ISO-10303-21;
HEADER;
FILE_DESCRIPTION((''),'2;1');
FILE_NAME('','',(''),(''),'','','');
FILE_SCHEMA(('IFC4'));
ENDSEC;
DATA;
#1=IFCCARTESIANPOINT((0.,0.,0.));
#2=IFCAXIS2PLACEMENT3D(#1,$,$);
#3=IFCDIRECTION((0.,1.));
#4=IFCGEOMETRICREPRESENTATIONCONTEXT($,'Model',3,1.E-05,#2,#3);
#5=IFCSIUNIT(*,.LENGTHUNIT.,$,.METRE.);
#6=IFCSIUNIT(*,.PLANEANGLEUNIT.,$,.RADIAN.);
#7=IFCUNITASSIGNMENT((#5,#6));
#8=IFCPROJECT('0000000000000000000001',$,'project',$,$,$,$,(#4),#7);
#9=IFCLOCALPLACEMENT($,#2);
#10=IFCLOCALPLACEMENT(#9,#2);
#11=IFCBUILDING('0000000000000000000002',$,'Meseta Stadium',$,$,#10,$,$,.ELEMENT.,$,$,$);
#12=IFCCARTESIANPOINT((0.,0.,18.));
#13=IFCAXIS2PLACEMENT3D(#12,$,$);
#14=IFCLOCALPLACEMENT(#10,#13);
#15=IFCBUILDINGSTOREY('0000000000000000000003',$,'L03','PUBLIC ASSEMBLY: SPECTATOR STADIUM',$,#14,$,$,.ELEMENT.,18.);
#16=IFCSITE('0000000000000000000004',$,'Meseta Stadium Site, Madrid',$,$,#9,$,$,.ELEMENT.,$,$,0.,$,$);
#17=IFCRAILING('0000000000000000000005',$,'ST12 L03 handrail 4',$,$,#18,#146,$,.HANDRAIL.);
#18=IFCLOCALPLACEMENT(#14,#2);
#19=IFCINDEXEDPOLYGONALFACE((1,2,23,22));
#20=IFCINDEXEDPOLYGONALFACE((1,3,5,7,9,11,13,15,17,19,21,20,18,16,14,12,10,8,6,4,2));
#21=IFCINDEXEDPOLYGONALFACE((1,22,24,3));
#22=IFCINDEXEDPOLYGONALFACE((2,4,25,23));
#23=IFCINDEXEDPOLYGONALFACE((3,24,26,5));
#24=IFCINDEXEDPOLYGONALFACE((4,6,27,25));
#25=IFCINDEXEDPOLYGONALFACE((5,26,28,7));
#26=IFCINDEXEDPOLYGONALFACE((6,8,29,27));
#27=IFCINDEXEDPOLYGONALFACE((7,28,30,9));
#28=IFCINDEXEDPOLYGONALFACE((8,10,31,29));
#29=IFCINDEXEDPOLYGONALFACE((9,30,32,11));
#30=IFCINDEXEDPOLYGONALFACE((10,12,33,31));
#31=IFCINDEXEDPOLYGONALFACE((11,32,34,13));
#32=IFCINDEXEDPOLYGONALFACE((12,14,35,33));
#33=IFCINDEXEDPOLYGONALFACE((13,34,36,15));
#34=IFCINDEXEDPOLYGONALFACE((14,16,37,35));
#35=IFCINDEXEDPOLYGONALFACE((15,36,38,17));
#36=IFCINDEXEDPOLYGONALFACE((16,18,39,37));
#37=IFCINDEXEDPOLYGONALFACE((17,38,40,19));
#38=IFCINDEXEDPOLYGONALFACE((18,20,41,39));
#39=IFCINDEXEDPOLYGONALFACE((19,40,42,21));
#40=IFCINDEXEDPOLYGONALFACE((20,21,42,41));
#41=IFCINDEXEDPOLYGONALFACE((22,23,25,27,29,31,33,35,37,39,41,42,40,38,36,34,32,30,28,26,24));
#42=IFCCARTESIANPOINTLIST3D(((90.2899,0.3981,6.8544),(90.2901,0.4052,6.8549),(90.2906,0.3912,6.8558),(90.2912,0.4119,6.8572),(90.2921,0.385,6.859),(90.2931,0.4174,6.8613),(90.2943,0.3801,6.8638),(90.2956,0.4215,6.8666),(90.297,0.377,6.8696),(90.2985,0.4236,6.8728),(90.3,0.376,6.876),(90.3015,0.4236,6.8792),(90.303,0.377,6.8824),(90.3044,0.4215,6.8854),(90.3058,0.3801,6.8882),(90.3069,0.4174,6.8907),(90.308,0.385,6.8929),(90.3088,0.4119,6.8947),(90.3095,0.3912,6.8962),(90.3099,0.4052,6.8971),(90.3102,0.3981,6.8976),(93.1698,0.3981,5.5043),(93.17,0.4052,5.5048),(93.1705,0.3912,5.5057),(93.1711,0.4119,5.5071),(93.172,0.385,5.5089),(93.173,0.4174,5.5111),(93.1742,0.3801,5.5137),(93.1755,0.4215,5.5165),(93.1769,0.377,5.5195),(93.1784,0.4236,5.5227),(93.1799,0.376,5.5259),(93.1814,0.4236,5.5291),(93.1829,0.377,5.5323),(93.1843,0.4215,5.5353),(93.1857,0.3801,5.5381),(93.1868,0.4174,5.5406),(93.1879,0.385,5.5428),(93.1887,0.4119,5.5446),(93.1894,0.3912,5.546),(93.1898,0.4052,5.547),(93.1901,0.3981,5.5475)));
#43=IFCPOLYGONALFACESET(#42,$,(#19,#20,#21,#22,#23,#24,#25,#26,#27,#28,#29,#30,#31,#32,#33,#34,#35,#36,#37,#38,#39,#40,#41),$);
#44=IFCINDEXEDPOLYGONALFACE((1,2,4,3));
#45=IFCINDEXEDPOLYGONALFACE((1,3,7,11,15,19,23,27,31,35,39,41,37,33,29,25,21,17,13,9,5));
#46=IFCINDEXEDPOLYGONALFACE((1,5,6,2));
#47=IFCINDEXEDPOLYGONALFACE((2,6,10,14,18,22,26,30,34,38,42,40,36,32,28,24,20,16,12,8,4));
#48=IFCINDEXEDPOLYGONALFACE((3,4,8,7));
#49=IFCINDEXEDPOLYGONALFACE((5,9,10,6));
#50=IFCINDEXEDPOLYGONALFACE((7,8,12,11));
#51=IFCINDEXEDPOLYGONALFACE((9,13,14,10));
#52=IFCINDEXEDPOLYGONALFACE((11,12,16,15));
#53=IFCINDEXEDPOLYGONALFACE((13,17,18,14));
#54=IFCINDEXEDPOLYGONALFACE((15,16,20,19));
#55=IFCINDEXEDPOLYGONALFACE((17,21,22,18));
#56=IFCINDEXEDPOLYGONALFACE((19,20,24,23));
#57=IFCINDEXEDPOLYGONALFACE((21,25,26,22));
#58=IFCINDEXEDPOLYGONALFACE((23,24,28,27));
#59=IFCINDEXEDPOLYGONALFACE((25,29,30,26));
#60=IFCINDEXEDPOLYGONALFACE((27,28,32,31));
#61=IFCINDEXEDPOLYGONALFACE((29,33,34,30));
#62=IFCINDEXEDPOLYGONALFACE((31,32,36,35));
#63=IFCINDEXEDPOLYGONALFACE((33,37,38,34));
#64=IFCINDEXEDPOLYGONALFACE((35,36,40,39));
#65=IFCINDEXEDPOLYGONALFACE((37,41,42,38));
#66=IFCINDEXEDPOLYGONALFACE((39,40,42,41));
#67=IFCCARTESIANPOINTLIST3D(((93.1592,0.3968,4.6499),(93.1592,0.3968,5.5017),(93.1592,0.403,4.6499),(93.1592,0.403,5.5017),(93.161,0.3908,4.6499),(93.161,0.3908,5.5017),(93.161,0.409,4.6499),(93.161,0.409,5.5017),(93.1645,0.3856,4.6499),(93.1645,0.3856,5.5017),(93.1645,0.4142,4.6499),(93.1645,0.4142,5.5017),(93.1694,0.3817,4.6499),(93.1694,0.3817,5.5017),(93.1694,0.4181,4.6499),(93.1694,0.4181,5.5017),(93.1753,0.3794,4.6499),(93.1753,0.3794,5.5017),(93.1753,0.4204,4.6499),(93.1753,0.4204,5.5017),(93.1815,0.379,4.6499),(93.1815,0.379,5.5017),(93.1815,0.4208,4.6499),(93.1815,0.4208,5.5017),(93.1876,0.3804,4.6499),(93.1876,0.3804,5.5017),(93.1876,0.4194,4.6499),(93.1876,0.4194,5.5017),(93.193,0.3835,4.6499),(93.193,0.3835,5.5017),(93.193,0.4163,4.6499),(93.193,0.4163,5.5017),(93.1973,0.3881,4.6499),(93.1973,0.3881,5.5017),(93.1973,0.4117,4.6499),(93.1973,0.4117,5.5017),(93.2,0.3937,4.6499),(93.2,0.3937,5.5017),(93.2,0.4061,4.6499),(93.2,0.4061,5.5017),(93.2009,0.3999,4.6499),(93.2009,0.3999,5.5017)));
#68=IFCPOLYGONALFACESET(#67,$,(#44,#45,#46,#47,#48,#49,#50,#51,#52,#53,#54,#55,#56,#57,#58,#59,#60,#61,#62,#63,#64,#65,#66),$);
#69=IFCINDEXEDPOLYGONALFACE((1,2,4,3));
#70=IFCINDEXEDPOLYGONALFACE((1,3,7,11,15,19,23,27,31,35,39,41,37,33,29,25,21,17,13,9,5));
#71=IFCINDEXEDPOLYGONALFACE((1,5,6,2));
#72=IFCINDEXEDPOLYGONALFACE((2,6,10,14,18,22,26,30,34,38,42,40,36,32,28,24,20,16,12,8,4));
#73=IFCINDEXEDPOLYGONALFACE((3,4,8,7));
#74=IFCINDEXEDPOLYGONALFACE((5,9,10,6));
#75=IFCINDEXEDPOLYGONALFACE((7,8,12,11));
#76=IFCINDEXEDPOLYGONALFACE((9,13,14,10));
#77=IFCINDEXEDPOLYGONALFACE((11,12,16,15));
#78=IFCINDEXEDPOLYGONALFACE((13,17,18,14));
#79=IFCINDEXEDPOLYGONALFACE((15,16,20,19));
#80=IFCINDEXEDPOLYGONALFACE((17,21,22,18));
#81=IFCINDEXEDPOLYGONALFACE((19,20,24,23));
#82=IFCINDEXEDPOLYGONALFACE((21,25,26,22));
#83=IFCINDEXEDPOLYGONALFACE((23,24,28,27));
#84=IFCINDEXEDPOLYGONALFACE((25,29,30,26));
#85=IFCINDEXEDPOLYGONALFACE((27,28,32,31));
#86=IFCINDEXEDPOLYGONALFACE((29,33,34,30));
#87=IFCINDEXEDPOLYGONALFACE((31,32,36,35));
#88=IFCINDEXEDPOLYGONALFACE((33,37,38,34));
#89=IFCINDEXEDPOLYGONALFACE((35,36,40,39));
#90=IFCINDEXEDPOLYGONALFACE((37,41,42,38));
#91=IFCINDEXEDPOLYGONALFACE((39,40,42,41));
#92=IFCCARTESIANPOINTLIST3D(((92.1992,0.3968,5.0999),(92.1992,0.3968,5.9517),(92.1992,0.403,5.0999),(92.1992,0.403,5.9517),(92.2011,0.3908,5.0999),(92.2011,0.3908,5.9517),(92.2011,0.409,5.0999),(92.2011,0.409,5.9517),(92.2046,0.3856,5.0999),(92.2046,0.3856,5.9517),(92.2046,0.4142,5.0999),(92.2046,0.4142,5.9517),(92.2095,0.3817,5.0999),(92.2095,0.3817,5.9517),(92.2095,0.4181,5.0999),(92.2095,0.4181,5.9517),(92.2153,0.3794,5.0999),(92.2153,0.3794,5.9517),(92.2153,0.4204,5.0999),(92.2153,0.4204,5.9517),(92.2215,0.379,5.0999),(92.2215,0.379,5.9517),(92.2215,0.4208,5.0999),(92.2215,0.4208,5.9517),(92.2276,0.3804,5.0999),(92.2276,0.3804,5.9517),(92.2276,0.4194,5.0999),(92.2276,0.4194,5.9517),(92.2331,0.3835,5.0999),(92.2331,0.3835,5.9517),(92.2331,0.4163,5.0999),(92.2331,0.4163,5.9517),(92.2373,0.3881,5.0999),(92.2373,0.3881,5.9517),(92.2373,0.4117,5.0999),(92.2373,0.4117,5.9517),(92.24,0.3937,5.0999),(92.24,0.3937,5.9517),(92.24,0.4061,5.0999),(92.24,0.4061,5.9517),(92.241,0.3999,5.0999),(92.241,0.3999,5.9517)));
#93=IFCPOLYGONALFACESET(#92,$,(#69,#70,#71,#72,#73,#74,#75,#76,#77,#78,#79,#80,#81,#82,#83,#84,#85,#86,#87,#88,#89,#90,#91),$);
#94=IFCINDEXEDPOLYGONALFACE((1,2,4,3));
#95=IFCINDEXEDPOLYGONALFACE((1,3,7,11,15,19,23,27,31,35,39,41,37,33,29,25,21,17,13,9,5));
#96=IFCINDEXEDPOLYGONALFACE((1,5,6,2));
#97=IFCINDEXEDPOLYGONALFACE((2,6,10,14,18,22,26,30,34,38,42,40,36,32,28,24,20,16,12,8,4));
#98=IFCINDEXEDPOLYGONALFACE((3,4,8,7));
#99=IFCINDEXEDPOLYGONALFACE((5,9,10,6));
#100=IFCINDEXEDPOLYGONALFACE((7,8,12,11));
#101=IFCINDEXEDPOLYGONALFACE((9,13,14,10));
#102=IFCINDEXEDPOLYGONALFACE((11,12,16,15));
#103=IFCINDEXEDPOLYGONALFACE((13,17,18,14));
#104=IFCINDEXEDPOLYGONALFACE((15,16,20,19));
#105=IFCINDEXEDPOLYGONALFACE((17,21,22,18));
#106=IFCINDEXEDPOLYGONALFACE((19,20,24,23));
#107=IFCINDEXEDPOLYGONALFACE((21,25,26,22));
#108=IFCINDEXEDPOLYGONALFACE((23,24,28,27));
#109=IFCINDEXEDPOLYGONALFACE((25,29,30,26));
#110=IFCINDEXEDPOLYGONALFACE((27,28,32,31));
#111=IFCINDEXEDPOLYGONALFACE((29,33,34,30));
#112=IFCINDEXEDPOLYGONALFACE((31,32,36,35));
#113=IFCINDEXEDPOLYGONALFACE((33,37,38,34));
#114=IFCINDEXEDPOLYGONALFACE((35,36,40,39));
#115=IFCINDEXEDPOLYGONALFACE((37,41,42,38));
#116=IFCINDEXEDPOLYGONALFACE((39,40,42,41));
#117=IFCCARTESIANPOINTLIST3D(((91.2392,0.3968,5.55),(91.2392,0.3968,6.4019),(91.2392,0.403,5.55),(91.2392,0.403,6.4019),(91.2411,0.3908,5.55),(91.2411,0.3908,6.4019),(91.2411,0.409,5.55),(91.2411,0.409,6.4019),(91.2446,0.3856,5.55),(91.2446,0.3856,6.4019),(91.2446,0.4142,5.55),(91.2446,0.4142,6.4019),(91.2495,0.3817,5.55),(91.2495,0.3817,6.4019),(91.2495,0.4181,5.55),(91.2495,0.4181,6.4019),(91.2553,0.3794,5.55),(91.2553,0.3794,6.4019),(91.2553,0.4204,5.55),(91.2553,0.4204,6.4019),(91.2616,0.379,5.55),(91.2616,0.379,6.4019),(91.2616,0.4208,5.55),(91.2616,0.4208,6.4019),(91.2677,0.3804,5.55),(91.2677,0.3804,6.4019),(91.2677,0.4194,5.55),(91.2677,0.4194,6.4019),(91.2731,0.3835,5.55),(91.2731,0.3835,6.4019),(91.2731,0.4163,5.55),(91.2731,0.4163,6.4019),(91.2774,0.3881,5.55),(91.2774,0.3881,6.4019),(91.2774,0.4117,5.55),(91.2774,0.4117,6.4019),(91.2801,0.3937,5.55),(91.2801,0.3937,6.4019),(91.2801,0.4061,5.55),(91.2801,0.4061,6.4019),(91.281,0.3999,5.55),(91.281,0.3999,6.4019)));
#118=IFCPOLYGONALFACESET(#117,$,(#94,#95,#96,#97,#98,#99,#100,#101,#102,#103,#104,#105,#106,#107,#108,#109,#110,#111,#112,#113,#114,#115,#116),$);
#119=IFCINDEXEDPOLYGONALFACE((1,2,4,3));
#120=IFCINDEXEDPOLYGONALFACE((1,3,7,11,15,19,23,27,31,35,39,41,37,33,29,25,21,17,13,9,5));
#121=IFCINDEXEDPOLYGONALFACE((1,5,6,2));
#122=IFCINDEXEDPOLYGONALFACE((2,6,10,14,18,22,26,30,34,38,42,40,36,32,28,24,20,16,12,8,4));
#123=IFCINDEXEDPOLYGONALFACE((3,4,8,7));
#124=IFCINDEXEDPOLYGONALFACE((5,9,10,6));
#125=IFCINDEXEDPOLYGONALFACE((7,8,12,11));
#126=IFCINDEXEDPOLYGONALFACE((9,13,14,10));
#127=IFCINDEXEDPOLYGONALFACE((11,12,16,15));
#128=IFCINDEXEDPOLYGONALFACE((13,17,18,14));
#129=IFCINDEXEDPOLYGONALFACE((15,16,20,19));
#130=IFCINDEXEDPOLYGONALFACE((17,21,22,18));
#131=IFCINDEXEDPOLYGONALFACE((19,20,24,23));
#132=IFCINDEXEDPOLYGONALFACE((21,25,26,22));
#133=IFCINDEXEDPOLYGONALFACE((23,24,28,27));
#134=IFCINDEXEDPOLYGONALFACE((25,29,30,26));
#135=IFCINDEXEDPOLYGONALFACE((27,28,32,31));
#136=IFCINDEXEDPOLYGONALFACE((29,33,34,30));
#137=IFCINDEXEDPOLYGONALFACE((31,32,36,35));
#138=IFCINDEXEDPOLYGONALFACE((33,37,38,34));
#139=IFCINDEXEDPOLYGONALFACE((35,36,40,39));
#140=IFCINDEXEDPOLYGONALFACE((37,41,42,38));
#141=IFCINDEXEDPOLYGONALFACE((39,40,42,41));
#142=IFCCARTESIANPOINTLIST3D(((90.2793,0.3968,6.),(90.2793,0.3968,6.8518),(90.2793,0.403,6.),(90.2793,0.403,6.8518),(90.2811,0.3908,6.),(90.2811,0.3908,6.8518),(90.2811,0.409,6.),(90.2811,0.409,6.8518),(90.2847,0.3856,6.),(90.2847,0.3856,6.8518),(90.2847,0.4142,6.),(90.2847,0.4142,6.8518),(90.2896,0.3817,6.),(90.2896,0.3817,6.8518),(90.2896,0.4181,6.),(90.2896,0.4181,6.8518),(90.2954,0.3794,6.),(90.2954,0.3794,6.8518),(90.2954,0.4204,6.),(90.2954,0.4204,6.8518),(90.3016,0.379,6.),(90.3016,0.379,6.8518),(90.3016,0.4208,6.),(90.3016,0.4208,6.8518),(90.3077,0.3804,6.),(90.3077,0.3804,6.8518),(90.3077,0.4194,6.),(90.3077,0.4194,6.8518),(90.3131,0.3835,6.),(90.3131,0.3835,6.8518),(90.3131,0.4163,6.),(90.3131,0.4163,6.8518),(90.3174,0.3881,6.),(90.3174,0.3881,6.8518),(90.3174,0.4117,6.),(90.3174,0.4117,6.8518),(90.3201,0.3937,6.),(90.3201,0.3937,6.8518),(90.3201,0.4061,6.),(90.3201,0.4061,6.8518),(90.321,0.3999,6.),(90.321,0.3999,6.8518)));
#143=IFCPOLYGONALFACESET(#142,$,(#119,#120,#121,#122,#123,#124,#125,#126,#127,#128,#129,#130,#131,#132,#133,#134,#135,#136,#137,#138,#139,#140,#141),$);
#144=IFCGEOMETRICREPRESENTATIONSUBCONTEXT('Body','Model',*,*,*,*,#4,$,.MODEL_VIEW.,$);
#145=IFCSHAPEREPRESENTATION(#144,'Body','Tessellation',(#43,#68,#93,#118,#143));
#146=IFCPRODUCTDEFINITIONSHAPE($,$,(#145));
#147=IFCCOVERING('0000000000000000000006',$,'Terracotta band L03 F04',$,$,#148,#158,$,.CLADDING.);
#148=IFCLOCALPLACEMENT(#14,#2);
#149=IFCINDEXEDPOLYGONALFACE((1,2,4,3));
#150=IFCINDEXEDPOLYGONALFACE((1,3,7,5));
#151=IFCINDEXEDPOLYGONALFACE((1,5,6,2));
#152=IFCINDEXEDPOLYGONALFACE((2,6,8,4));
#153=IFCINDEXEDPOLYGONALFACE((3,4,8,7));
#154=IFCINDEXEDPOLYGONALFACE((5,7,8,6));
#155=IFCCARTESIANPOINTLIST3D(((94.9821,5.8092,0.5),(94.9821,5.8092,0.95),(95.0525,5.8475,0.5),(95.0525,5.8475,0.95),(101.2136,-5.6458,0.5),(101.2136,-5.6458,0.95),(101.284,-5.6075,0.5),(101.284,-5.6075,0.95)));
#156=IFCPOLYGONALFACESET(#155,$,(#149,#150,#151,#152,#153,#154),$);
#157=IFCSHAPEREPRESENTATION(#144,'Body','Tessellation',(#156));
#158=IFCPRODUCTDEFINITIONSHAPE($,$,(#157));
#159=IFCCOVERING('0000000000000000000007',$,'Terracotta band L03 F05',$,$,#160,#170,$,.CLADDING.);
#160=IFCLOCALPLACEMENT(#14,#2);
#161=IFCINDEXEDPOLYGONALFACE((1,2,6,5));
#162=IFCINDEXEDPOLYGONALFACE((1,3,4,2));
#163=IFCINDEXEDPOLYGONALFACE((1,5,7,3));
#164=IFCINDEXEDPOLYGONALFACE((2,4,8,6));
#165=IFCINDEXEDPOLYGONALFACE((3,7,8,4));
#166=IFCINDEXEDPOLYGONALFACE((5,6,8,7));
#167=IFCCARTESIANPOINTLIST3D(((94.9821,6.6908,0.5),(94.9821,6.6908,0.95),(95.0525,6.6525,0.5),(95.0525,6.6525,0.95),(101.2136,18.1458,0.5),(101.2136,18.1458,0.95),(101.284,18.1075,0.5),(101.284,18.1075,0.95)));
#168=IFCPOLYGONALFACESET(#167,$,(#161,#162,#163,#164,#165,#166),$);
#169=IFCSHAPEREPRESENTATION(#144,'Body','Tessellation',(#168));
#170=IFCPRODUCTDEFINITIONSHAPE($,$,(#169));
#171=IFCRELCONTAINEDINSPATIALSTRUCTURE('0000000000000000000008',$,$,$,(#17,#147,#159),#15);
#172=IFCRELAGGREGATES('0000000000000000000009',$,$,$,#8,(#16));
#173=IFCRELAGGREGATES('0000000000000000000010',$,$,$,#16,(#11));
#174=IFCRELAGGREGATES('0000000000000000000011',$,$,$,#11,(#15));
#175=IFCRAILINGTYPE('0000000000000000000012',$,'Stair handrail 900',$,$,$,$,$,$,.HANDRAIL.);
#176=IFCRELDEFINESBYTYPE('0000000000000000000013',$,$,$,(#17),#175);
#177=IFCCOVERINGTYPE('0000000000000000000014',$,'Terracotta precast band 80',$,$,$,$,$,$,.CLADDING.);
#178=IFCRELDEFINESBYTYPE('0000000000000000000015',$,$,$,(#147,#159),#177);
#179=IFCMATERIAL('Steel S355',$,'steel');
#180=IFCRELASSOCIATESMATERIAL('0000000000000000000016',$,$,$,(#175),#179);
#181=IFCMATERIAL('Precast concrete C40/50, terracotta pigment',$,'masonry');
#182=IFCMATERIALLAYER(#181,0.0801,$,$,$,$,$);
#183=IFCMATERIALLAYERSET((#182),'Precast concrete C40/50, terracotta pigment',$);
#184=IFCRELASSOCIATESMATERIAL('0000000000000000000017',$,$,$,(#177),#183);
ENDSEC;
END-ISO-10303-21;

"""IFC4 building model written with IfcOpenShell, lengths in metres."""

from ifc_helpers import new_model, si_unit, direction, frame, origin, origin_2d, place, context, subcontext, project, spatial, rectangle, circle, extrude, material, layer, layer_set, type_object, element, save


model = new_model("IFC4")

# Units and contexts
model_context = context("Model", 3, precision=1e-05, world=origin(), true_north=direction((0.0, 1.0)))
body_context = subcontext(model_context, "Body", "Model", "MODEL_VIEW")
ifc_project = project(units=[si_unit("LENGTHUNIT", "METRE"), si_unit("PLANEANGLEUNIT", "RADIAN")], contexts=[model_context])

# Site, building, storey
site_placement = place(None, origin())
site = spatial("IfcSite", under=ifc_project, at=site_placement, Name="Meseta Stadium Site, Madrid", CompositionType="ELEMENT", RefElevation=0.0)
building_placement = place(site_placement, origin())
building = spatial("IfcBuilding", under=site, at=building_placement, Name="Meseta Stadium", CompositionType="ELEMENT")
storey_placement = place(building_placement, frame((0.0, 0.0, 18.0)))
storey = spatial("IfcBuildingStorey", under=building, at=storey_placement, Name="L03", Description="PUBLIC ASSEMBLY: SPECTATOR STADIUM", CompositionType="ELEMENT", Elevation=18.0)

# Railing
ifc_material_1 = material(Name="Steel S355", Category="steel")
railing_type_1 = type_object("IfcRailingType", Name="Stair handrail 900", PredefinedType="HANDRAIL", material=ifc_material_1)
for number, where, name in (
    (1, (93.1799, 0.3999, 4.6499), "ST12 L03 handrail 4"),
):
    element("IfcRailing", number, at=place(storey_placement, frame(where)), inside=storey, type_object=railing_type_1, Name=name, PredefinedType="HANDRAIL", context=body_context, shape_type="SweptSolid", body=[
        extrude(circle(Radius=0.0239, at=origin_2d()), frame((0.0, 0.0, 0.876), z_axis=(-0.90544, 0.0, 0.424473), x_axis=(0.0, -1.0, 0.0)), (0.0, 0.0, 1.0), 3.1807),
        extrude(circle(Radius=0.021, at=origin_2d()), origin(), (0.0, 0.0, 1.0), 0.8518),
        extrude(circle(Radius=0.021, at=origin_2d()), frame((-0.96, 0.0, 0.45)), (0.0, 0.0, 1.0), 0.8518),
        extrude(circle(Radius=0.021, at=origin_2d()), frame((-1.9199, 0.0, 0.9001)), (0.0, 0.0, 1.0), 0.8518),
        extrude(circle(Radius=0.021, at=origin_2d()), frame((-2.8799, 0.0, 1.3501)), (0.0, 0.0, 1.0), 0.8518),
    ])

# Coverings
ifc_material_2 = material(Name="Precast concrete C40/50, terracotta pigment", Category="masonry")
ifc_layer_1 = layer(ifc_material_2, 0.0801)
ifc_layer_set_1 = layer_set([ifc_layer_1], Name="Precast concrete C40/50, terracotta pigment")
covering_type_1 = type_object("IfcCoveringType", Name="Terracotta precast band 80", PredefinedType="CLADDING", material=ifc_layer_set_1)
for number, where, z_axis, x_axis, name in (
    (2, (98.1331, 0.1008, 0.5), (0.0, 0.0, 1.0), (0.477867, -0.878432, 0.0), "Terracotta band L03 F04"),
    (3, (98.1331, 12.3992, 0.5), (0.0, 0.0, 1.0), (-0.477867, -0.878432, 0.0), "Terracotta band L03 F05"),
):
    element("IfcCovering", number, at=place(storey_placement, frame(where, z_axis=z_axis, x_axis=x_axis)), inside=storey, type_object=covering_type_1, Name=name, PredefinedType="CLADDING", context=body_context, shape_type="SweptSolid", body=[
        extrude(rectangle(XDim=13.0403, YDim=0.0801, at=origin_2d()), origin(), (0.0, 0.0, 1.0), 0.45),
    ])

save(model, "model.ifc")
